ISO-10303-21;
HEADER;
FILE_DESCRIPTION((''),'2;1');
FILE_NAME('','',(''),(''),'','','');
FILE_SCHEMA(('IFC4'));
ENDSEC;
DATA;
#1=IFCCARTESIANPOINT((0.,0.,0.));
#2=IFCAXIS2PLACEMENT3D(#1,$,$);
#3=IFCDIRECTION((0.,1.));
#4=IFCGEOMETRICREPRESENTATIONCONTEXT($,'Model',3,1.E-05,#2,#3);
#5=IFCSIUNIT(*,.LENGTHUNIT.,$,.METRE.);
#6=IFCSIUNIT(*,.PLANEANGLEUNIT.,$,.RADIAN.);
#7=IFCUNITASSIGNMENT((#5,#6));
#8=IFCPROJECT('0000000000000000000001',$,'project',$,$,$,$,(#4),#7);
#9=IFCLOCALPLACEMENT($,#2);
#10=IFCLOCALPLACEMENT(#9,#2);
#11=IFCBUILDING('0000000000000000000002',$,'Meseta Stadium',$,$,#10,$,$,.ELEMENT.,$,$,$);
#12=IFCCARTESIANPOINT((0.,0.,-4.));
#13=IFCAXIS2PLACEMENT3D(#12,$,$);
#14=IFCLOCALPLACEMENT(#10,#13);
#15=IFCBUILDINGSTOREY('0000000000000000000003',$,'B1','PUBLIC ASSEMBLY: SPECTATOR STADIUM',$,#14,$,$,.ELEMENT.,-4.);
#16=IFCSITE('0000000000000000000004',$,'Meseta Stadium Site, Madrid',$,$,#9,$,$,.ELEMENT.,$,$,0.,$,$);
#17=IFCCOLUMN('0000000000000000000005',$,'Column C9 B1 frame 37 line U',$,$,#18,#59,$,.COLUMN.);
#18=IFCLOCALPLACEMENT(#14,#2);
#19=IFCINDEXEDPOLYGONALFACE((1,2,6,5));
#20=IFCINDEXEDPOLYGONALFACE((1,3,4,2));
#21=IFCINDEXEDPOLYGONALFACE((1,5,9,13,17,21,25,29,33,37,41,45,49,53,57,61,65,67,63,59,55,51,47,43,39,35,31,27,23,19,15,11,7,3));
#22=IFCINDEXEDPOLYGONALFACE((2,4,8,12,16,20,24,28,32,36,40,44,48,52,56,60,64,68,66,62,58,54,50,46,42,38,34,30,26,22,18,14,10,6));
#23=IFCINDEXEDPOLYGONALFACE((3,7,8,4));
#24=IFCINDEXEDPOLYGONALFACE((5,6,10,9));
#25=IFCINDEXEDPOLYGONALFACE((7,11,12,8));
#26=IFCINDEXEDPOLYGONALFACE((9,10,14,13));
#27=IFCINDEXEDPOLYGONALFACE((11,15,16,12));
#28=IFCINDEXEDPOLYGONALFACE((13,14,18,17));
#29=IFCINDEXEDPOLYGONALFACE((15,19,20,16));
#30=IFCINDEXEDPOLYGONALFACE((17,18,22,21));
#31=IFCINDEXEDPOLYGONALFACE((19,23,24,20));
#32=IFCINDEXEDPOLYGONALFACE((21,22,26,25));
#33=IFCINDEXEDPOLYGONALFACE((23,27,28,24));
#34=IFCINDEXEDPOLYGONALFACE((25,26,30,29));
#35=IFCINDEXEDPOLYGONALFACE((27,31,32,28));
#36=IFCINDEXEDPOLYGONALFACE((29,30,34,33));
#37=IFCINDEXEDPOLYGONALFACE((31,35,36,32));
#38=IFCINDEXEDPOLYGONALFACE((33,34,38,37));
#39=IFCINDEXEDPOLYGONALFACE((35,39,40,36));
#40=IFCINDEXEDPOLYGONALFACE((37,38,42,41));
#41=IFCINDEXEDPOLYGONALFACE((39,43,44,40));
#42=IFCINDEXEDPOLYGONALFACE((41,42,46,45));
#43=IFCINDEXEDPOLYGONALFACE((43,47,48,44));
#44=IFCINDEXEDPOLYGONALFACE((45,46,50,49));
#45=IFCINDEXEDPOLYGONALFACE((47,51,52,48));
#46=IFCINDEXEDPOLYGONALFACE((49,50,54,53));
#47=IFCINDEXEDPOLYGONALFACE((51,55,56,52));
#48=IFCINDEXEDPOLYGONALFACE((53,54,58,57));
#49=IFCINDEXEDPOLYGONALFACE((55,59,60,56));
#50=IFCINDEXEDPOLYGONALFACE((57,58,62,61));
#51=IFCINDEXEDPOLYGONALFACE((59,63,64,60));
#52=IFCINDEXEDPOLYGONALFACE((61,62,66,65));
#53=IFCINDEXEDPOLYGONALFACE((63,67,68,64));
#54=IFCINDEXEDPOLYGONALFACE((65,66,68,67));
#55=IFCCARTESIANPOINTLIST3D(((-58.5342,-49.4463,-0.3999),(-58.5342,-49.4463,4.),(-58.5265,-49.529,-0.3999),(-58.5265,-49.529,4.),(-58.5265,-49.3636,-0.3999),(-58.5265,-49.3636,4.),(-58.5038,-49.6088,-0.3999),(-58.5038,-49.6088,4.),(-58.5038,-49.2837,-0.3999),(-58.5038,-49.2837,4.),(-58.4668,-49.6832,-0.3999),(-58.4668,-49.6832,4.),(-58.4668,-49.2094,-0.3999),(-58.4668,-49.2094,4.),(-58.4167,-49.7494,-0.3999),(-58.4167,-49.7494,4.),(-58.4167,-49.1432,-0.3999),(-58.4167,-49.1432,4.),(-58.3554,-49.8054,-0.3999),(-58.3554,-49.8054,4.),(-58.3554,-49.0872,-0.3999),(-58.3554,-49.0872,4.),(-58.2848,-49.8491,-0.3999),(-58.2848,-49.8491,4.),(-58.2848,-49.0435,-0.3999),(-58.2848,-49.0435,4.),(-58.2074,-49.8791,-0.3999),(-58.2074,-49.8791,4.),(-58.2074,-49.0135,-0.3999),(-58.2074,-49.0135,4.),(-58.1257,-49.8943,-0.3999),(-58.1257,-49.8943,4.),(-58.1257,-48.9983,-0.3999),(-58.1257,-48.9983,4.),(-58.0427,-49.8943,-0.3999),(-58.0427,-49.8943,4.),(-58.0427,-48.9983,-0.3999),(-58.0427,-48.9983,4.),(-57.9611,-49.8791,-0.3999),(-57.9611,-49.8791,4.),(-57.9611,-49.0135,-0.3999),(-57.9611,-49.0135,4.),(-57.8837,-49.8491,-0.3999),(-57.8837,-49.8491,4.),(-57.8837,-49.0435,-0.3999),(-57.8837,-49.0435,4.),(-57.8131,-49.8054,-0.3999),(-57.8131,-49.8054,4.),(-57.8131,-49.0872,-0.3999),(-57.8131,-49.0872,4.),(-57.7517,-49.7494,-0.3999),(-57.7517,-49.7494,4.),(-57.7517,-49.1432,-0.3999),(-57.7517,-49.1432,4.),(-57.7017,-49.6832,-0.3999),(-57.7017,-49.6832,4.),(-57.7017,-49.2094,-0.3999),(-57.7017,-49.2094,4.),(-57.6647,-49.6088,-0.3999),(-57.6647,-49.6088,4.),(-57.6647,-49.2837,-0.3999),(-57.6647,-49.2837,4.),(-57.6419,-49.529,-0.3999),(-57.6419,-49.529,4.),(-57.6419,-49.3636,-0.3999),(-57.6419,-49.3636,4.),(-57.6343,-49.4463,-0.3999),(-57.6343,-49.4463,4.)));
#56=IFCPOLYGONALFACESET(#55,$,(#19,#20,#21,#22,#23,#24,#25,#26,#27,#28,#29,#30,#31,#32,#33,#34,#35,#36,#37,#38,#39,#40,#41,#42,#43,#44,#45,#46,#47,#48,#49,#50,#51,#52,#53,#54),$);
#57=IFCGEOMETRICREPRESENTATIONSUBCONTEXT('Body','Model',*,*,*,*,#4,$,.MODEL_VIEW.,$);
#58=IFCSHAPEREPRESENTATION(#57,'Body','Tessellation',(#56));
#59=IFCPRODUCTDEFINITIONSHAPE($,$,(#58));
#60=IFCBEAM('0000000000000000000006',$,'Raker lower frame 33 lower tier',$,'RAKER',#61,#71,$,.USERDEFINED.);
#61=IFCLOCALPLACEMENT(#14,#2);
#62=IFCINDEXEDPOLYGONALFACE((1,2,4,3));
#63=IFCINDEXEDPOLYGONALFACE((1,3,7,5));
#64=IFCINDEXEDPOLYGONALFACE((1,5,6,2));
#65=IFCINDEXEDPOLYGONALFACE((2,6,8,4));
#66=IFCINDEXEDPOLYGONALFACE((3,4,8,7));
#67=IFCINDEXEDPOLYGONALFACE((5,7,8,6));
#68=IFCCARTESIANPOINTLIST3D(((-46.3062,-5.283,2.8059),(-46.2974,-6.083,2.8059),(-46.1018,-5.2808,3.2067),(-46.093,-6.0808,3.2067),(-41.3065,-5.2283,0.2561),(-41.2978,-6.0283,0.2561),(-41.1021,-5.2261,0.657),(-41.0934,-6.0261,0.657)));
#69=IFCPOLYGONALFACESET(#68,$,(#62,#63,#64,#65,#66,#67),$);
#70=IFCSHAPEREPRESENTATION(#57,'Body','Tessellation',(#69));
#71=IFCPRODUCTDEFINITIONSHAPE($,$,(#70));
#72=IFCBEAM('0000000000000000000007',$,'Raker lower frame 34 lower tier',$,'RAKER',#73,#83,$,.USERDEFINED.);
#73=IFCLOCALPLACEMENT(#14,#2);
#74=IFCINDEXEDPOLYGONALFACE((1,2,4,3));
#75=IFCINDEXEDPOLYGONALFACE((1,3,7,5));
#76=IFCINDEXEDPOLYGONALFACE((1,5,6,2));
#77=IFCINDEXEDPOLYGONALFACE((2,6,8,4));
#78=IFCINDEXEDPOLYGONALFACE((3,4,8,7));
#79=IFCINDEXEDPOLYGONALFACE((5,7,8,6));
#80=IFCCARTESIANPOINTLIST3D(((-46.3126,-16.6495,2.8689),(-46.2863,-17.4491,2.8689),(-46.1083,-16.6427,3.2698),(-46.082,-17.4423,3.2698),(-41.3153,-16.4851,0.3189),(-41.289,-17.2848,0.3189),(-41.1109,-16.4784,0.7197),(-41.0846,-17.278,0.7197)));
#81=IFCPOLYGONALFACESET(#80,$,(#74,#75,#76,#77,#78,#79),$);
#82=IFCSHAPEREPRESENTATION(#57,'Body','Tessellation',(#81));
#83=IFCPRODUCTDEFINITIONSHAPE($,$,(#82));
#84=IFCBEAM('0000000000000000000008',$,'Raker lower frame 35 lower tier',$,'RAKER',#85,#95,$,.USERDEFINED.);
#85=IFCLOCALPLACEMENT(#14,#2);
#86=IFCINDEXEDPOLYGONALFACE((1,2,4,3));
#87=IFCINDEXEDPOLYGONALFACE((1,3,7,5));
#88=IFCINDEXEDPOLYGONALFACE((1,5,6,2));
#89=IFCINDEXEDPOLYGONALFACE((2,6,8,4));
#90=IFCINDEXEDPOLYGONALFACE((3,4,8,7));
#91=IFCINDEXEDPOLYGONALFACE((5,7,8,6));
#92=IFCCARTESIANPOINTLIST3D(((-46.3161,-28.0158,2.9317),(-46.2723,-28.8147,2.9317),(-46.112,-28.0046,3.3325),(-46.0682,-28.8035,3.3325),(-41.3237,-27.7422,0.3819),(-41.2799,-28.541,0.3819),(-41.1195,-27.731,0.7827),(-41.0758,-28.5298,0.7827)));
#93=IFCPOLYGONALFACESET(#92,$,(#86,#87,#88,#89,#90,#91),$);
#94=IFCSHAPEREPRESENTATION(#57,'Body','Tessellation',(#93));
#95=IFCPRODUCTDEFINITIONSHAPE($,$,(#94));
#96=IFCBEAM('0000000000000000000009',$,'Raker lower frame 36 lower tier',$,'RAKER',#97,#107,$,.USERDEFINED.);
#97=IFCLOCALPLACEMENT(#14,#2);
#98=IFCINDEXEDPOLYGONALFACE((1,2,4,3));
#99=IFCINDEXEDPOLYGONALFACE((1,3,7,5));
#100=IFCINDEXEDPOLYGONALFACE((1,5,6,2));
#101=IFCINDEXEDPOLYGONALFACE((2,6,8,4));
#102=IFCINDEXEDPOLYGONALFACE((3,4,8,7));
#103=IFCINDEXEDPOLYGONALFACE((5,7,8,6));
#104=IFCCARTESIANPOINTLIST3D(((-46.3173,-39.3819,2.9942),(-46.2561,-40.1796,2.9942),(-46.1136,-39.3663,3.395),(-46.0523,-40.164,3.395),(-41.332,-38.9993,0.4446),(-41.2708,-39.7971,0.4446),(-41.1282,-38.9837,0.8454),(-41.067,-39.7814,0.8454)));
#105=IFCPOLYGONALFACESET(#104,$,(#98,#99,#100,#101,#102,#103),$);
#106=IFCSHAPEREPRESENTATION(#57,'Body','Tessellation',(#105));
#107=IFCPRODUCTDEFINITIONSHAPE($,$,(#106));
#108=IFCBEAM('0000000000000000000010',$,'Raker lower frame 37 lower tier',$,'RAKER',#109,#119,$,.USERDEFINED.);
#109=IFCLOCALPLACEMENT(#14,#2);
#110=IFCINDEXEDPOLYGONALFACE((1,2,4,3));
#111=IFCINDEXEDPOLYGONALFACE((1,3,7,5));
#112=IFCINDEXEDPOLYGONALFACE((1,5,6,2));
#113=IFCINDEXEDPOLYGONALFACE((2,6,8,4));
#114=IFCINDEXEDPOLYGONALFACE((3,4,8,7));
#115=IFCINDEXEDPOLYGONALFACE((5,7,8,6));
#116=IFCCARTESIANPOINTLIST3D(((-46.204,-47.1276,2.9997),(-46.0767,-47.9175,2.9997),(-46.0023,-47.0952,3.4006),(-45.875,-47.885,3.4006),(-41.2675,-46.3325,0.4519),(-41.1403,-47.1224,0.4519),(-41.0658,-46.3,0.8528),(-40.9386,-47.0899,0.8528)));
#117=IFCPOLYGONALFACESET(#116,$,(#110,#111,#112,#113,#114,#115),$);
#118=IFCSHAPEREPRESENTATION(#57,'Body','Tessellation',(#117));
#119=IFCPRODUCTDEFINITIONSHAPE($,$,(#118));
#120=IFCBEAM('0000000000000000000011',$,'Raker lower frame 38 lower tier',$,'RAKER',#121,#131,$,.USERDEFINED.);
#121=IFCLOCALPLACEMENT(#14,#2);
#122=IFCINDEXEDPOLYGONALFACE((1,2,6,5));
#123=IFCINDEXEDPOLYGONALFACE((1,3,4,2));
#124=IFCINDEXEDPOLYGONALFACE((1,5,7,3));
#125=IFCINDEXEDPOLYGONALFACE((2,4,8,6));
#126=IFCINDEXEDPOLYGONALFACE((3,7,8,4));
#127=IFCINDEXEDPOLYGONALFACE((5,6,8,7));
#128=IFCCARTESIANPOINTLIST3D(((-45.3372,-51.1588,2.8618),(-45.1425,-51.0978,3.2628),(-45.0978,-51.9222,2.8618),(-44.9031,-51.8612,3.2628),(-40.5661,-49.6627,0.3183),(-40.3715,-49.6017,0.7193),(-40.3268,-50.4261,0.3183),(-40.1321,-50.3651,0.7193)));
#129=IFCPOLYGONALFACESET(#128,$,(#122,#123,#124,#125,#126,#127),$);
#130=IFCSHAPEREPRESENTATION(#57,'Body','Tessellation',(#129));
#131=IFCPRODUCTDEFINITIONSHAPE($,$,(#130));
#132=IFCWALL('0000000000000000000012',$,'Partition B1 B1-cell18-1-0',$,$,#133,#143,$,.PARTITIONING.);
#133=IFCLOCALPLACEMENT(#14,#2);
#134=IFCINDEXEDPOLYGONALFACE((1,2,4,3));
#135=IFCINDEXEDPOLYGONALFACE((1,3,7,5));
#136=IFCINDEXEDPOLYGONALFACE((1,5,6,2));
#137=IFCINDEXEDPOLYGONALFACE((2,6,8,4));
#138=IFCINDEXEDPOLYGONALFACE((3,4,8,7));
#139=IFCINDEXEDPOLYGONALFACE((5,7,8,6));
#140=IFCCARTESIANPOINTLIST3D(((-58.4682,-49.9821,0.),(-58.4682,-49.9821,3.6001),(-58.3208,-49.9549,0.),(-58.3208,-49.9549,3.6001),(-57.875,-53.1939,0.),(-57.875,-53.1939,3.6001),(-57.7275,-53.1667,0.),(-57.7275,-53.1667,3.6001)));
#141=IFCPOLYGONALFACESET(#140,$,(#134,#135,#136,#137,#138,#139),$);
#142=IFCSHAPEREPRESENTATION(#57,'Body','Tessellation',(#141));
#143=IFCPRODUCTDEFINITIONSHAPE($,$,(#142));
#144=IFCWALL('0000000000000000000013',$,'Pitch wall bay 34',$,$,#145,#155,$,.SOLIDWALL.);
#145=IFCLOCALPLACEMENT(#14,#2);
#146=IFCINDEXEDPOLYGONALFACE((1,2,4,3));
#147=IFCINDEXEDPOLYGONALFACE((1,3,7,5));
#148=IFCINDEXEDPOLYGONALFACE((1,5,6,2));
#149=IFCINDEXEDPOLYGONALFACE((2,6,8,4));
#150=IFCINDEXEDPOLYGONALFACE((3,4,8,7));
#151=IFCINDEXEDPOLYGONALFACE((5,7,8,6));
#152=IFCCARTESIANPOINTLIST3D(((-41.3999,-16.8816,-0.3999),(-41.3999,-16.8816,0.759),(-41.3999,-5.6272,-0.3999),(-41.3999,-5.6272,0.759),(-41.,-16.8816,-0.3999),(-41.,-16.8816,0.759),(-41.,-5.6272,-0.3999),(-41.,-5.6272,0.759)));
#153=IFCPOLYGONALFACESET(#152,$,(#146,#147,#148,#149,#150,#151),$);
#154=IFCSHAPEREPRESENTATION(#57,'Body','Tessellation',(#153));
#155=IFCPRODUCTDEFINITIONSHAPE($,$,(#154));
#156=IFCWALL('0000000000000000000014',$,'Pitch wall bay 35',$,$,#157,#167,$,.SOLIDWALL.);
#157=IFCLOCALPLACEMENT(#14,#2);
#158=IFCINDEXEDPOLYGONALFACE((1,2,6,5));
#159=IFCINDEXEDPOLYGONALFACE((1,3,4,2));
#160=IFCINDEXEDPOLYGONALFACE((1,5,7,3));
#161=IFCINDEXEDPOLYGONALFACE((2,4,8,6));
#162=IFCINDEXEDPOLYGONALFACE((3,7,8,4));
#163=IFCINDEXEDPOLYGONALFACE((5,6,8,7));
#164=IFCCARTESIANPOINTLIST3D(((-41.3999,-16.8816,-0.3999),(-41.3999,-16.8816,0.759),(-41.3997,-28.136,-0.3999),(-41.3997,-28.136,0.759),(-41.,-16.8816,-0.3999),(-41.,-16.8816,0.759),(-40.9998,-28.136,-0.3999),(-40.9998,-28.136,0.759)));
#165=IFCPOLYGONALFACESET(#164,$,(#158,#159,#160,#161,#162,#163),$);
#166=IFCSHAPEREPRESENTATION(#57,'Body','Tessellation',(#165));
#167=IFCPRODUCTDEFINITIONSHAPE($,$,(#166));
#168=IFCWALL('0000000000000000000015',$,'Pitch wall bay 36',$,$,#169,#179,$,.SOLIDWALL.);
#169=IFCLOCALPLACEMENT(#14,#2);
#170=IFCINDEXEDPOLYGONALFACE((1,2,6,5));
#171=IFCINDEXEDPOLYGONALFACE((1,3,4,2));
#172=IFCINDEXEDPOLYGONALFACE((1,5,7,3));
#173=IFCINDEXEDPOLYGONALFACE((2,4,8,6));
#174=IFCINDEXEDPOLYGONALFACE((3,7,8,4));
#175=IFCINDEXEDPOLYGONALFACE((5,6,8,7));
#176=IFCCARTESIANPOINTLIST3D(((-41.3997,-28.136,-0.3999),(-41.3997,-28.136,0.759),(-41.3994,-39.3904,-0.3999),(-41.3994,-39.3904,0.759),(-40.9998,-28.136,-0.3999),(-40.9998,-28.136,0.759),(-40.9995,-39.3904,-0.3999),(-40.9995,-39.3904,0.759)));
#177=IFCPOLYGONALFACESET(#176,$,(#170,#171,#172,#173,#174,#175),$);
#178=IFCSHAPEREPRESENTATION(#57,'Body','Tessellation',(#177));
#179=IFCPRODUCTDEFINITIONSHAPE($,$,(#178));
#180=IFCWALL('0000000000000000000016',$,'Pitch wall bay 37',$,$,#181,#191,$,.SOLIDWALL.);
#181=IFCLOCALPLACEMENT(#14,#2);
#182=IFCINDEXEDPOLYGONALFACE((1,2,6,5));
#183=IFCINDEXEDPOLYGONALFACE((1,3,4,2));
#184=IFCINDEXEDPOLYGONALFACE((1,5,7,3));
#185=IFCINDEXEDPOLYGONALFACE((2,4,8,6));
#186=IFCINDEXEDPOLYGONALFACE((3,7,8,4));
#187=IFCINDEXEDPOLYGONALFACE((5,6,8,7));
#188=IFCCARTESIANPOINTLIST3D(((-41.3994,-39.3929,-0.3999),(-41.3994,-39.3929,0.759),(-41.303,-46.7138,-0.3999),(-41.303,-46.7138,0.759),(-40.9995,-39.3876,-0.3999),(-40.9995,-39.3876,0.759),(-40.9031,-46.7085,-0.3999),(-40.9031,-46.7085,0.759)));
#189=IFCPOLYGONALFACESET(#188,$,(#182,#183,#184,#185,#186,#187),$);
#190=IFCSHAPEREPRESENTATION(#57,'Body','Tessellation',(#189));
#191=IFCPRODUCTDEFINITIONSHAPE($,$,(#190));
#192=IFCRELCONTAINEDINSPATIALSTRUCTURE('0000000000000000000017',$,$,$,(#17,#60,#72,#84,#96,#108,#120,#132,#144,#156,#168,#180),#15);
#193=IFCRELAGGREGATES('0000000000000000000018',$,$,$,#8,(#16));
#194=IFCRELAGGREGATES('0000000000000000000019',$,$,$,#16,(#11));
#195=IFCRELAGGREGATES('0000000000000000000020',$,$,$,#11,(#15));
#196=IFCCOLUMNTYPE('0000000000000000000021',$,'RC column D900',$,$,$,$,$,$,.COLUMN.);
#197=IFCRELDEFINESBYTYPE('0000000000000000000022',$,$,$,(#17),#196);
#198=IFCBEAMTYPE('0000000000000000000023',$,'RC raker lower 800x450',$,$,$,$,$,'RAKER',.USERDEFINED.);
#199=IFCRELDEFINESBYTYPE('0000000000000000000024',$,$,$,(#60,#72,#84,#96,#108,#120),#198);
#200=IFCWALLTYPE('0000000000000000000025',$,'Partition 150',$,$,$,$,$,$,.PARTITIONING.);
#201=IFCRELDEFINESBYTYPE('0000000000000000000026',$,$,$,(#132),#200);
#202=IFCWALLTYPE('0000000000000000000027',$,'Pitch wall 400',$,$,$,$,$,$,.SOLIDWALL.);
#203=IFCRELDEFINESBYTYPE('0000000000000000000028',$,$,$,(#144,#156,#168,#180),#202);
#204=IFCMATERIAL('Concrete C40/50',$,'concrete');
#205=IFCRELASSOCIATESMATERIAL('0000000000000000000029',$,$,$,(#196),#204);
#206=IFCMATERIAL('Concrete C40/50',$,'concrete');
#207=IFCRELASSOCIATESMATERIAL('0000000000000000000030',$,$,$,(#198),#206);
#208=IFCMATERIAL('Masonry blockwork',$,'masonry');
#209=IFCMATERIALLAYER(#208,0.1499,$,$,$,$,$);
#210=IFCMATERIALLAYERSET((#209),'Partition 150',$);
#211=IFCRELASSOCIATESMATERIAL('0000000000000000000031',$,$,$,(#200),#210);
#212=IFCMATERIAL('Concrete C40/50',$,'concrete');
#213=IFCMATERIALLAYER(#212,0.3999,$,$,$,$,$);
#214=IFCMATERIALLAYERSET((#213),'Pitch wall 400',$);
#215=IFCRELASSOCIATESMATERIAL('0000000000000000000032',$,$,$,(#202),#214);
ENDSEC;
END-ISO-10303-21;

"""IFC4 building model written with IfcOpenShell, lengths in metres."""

from ifc_helpers import new_model, si_unit, direction, frame, frame_2d, origin, origin_2d, place, context, subcontext, project, spatial, rectangle, circle, extrude, material, layer, layer_set, material_profile, profile_set, type_object, element, save


model = new_model("IFC4")

# Units and contexts
model_context = context("Model", 3, precision=1e-05, world=origin(), true_north=direction((0.0, 1.0)))
body_context = subcontext(model_context, "Body", "Model", "MODEL_VIEW")
ifc_project = project(units=[si_unit("LENGTHUNIT", "METRE"), si_unit("PLANEANGLEUNIT", "RADIAN")], contexts=[model_context])

# Site, building, storey
site_placement = place(None, origin())
site = spatial("IfcSite", under=ifc_project, at=site_placement, Name="Meseta Stadium Site, Madrid", CompositionType="ELEMENT", RefElevation=0.0)
building_placement = place(site_placement, origin())
building = spatial("IfcBuilding", under=site, at=building_placement, Name="Meseta Stadium", CompositionType="ELEMENT")
storey_placement = place(building_placement, frame((0.0, 0.0, -4.0)))
storey = spatial("IfcBuildingStorey", under=building, at=storey_placement, Name="B1", Description="PUBLIC ASSEMBLY: SPECTATOR STADIUM", CompositionType="ELEMENT", Elevation=-4.0)

# Column
ifc_material_1 = material(Name="Concrete C40/50", Category="concrete")
ifc_material_profile_1 = material_profile(ifc_material_1, circle(Radius=0.45, at=origin_2d()), Name="RC D900")
ifc_profile_set_1 = profile_set([ifc_material_profile_1], Name="Concrete C40/50")
column_type_1 = type_object("IfcColumnType", Name="RC column D900", PredefinedType="COLUMN", material=ifc_profile_set_1)
for number, where, z_axis, x_axis, name in (
    (1, (-58.0842, -49.4463, -0.3999), (0.0, 0.0, 1.0), (1.0, 0.0, 0.0), "Column C9 B1 frame 37 line U"),
):
    element("IfcColumn", number, at=place(storey_placement, frame(where, z_axis=z_axis, x_axis=x_axis)), inside=storey, type_object=column_type_1, Name=name, PredefinedType="COLUMN", context=body_context, shape_type="SweptSolid", body=[
        extrude(circle(Radius=0.45, at=origin_2d()), origin(), (0.0, 0.0, 1.0), 4.3999),
    ])

# Beams
ifc_material_2 = material(Name="Concrete C40/50", Category="concrete")
ifc_material_profile_2 = material_profile(ifc_material_2, rectangle(XDim=0.8, YDim=0.45, at=origin_2d()), Name="RC 800x450")
ifc_profile_set_2 = profile_set([ifc_material_profile_2], Name="Concrete C40/50")
beam_type = type_object("IfcBeamType", Name="RC raker lower 800x450", ElementType="RAKER", PredefinedType="USERDEFINED", material=ifc_profile_set_2)
beam_1_placement = place(storey_placement, frame((-41.2, -5.6272, 0.4565), z_axis=(-0.890798, -0.009744, 0.454295), x_axis=(0.010937, -0.99994, 0.0)))
element("IfcBeam", 2, at=beam_1_placement, inside=storey, type_object=beam_type, Name="Raker lower frame 33 lower tier", ObjectType="RAKER", PredefinedType="USERDEFINED", context=body_context, shape_type="SweptSolid", body=[
    extrude(rectangle(XDim=0.8, YDim=0.45, at=origin_2d()), origin(), (0.0, 0.0, 1.0), 5.6125),
])
beam_2_placement = place(storey_placement, frame((-41.2, -16.8816, 0.5193), z_axis=(-0.890351, -0.029274, 0.454332), x_axis=(0.032861, -0.99946, 0.0)))
element("IfcBeam", 3, at=beam_2_placement, inside=storey, type_object=beam_type, Name="Raker lower frame 34 lower tier", ObjectType="RAKER", PredefinedType="USERDEFINED", context=body_context, shape_type="SweptSolid", body=[
    extrude(rectangle(XDim=0.8, YDim=0.45, at=origin_2d()), origin(), (0.0, 0.0, 1.0), 5.6128),
])
for number, where, z_axis, x_axis, name in (
    (4, (-41.1997, -28.136, 0.5823), (-0.889511, -0.048762, 0.454304), (0.054737, -0.998501, 0.0), "Raker lower frame 35 lower tier"),
    (5, (-41.1995, -39.3904, 0.645), (-0.888256, -0.068163, 0.454263), (0.076514, -0.997069, 0.0), "Raker lower frame 36 lower tier"),
):
    element("IfcBeam", number, at=place(storey_placement, frame(where, z_axis=z_axis, x_axis=x_axis)), inside=storey, type_object=beam_type, Name=name, ObjectType="RAKER", PredefinedType="USERDEFINED", context=body_context, shape_type="SweptSolid", body=[
        extrude(rectangle(XDim=0.8, YDim=0.45, at=origin_2d()), origin(), (0.0, 0.0, 1.0), 5.6125),
    ])
beam_3_placement = place(storey_placement, frame((-41.103, -46.7112, 0.6523), z_axis=(-0.879657, -0.141694, 0.454011), x_axis=(0.159028, -0.987274, 0.0)))
element("IfcBeam", 6, at=beam_3_placement, inside=storey, type_object=beam_type, Name="Raker lower frame 37 lower tier", ObjectType="RAKER", PredefinedType="USERDEFINED", context=body_context, shape_type="SweptSolid", body=[
    extrude(rectangle(XDim=0.8, YDim=0.45, at=origin_2d()), origin(), (0.0, 0.0, 1.0), 5.6118),
])
beam_4_placement = place(storey_placement, frame((-40.3491, -50.0139, 0.5188), z_axis=(-0.850475, -0.266693, 0.453395), x_axis=(0.299215, -0.954186, 0.0)))
element("IfcBeam", 7, at=beam_4_placement, inside=storey, type_object=beam_type, Name="Raker lower frame 38 lower tier", ObjectType="RAKER", PredefinedType="USERDEFINED", context=body_context, shape_type="SweptSolid", body=[
    extrude(rectangle(XDim=0.8, YDim=0.45, at=origin_2d()), origin(), (0.0, 0.0, 1.0), 5.6099),
])

# Walls
ifc_material_3 = material(Name="Masonry blockwork", Category="masonry")
ifc_layer_1 = layer(ifc_material_3, 0.1499)
ifc_layer_set_1 = layer_set([ifc_layer_1], Name="Partition 150")
wall_type_1 = type_object("IfcWallType", Name="Partition 150", PredefinedType="PARTITIONING", material=ifc_layer_set_1)
wall_1_placement = place(storey_placement, frame((-58.3945, -49.9685, 0.0), z_axis=(0.0, 0.0, 1.0), x_axis=(0.181648, -0.983364, 0.0)))
element("IfcWall", 8, at=wall_1_placement, inside=storey, type_object=wall_type_1, Name="Partition B1 B1-cell18-1-0", PredefinedType="PARTITIONING", context=body_context, shape_type="SweptSolid", body=[
    extrude(rectangle(XDim=3.2661, YDim=0.1499, at=frame_2d((1.6331, 0.0))), origin(), (0.0, 0.0, 1.0), 3.6001),
])
ifc_material_4 = material(Name="Concrete C40/50", Category="concrete")
ifc_layer_2 = layer(ifc_material_4, 0.3999)
ifc_layer_set_2 = layer_set([ifc_layer_2], Name="Pitch wall 400")
wall_type_2 = type_object("IfcWallType", Name="Pitch wall 400", PredefinedType="SOLIDWALL", material=ifc_layer_set_2)
for number, where, z_axis, x_axis, name in (
    (9, (-41.2, -5.6272, -0.3999), (0.0, 0.0, 1.0), (0.0, -1.0, 0.0), "Pitch wall bay 34"),
    (10, (-41.2, -16.8816, -0.3999), (0.0, 0.0, 1.0), (0.000022, -1.0, 0.0), "Pitch wall bay 35"),
    (11, (-41.1997, -28.136, -0.3999), (0.0, 0.0, 1.0), (0.000022, -1.0, 0.0), "Pitch wall bay 36"),
):
    element("IfcWall", number, at=place(storey_placement, frame(where, z_axis=z_axis, x_axis=x_axis)), inside=storey, type_object=wall_type_2, Name=name, PredefinedType="SOLIDWALL", context=body_context, shape_type="SweptSolid", body=[
        extrude(rectangle(XDim=11.2544, YDim=0.3999, at=frame_2d((5.6272, 0.0))), origin(), (0.0, 0.0, 1.0), 1.1589),
    ])
wall_2_placement = place(storey_placement, frame((-41.1995, -39.3904, -0.3999), z_axis=(0.0, 0.0, 1.0), x_axis=(0.013172, -0.999913, 0.0)))
element("IfcWall", 12, at=wall_2_placement, inside=storey, type_object=wall_type_2, Name="Pitch wall bay 37", PredefinedType="SOLIDWALL", context=body_context, shape_type="SweptSolid", body=[
    extrude(rectangle(XDim=7.3215, YDim=0.3999, at=frame_2d((3.6606, 0.0))), origin(), (0.0, 0.0, 1.0), 1.1589),
])

save(model, "model.ifc")
